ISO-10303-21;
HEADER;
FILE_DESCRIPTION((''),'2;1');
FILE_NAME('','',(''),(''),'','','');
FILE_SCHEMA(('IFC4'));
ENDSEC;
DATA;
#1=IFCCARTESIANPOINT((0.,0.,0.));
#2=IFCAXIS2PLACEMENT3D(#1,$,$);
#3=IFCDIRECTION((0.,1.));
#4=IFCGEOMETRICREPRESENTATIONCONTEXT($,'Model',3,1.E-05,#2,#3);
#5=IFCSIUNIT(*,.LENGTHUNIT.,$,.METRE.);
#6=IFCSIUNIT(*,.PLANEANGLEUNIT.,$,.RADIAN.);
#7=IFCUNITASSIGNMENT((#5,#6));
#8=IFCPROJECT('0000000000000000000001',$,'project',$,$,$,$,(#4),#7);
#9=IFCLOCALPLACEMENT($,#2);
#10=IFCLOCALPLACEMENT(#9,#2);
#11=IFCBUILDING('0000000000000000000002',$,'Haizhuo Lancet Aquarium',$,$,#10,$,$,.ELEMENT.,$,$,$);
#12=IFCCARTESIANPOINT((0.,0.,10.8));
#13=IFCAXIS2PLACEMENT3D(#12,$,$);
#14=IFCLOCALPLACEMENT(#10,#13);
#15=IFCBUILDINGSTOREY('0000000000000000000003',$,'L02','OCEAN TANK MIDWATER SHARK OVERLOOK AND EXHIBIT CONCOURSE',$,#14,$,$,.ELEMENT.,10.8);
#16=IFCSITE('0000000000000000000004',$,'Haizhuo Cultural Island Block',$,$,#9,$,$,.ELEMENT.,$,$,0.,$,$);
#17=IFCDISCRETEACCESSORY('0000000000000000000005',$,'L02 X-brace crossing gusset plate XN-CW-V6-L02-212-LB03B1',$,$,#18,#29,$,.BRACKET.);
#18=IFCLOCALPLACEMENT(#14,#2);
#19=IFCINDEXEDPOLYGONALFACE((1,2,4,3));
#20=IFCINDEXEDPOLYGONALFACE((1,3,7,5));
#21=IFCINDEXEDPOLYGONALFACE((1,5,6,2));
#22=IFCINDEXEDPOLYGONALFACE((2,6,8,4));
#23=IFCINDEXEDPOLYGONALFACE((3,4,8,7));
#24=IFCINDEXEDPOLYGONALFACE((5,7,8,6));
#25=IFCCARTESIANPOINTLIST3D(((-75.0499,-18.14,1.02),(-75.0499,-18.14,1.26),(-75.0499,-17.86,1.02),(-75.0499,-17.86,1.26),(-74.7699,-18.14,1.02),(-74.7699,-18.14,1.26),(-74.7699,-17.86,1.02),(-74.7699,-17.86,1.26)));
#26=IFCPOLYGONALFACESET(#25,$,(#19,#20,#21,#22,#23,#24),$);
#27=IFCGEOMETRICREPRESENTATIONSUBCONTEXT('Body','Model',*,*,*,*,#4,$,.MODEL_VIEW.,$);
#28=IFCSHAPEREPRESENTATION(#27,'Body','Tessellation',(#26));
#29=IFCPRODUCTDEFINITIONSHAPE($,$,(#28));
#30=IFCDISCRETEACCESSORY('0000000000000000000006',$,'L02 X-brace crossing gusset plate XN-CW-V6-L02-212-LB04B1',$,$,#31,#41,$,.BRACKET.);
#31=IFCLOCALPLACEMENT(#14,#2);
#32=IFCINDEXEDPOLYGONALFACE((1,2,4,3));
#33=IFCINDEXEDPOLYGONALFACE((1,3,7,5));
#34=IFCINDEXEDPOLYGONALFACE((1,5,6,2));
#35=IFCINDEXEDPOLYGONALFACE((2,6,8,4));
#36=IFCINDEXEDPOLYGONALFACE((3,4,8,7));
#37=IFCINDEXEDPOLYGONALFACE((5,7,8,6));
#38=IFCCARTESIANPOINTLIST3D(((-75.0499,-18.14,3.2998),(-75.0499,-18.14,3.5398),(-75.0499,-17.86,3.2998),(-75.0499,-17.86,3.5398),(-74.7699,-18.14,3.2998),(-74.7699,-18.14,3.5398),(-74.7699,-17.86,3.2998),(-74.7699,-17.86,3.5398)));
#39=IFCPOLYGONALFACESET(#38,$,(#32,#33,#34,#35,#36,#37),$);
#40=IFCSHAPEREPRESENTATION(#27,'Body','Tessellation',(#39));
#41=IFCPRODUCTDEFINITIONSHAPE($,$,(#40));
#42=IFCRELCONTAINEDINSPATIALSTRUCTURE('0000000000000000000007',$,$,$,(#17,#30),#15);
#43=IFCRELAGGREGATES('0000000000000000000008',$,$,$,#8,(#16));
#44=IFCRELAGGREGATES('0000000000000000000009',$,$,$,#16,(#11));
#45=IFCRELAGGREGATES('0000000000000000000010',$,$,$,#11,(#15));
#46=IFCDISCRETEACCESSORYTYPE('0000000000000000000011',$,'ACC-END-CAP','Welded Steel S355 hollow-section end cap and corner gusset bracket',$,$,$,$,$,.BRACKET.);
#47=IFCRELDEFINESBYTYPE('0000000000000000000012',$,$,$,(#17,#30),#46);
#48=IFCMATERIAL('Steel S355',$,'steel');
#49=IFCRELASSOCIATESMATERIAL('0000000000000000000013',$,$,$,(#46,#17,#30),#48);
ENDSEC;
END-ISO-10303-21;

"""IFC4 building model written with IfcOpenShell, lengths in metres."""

from ifc_helpers import new_model, si_unit, direction, frame, origin, origin_2d, place, context, subcontext, project, spatial, rectangle, extrude, material, type_object, element, save


model = new_model("IFC4")

# Units and contexts
model_context = context("Model", 3, precision=1e-05, world=origin(), true_north=direction((0.0, 1.0)))
body_context = subcontext(model_context, "Body", "Model", "MODEL_VIEW")
ifc_project = project(units=[si_unit("LENGTHUNIT", "METRE"), si_unit("PLANEANGLEUNIT", "RADIAN")], contexts=[model_context])

# Site, building, storey
site_placement = place(None, origin())
site = spatial("IfcSite", under=ifc_project, at=site_placement, Name="Haizhuo Cultural Island Block", CompositionType="ELEMENT", RefElevation=0.0)
building_placement = place(site_placement, origin())
building = spatial("IfcBuilding", under=site, at=building_placement, Name="Haizhuo Lancet Aquarium", CompositionType="ELEMENT")
storey_placement = place(building_placement, frame((0.0, 0.0, 10.8)))
storey = spatial("IfcBuildingStorey", under=building, at=storey_placement, Name="L02", Description="OCEAN TANK MIDWATER SHARK OVERLOOK AND EXHIBIT CONCOURSE", CompositionType="ELEMENT", Elevation=10.8)

# Shared definitions
ifc_material_1 = material(Name="Steel S355", Category="steel")

# Discrete accessories
discrete_accessory_type = type_object("IfcDiscreteAccessoryType", Name="ACC-END-CAP", Description="Welded Steel S355 hollow-section end cap and corner gusset bracket", PredefinedType="BRACKET", material=ifc_material_1)
for number, where, z_axis, x_axis, name in (
    (1, (-74.9099, -18.0, 1.02), (0.0, 0.0, 1.0), (1.0, 0.0, 0.0), "L02 X-brace crossing gusset plate XN-CW-V6-L02-212-LB03B1"),
    (2, (-74.9099, -18.0, 3.2998), (0.0, 0.0, 1.0), (1.0, 0.0, 0.0), "L02 X-brace crossing gusset plate XN-CW-V6-L02-212-LB04B1"),
):
    element("IfcDiscreteAccessory", number, at=place(storey_placement, frame(where, z_axis=z_axis, x_axis=x_axis)), inside=storey, type_object=discrete_accessory_type, material=ifc_material_1, Name=name, PredefinedType="BRACKET", context=body_context, shape_type="SweptSolid", body=[
        extrude(rectangle(XDim=0.28, YDim=0.28, at=origin_2d()), origin(), (0.0, 0.0, 1.0), 0.24),
    ])

save(model, "model.ifc")
